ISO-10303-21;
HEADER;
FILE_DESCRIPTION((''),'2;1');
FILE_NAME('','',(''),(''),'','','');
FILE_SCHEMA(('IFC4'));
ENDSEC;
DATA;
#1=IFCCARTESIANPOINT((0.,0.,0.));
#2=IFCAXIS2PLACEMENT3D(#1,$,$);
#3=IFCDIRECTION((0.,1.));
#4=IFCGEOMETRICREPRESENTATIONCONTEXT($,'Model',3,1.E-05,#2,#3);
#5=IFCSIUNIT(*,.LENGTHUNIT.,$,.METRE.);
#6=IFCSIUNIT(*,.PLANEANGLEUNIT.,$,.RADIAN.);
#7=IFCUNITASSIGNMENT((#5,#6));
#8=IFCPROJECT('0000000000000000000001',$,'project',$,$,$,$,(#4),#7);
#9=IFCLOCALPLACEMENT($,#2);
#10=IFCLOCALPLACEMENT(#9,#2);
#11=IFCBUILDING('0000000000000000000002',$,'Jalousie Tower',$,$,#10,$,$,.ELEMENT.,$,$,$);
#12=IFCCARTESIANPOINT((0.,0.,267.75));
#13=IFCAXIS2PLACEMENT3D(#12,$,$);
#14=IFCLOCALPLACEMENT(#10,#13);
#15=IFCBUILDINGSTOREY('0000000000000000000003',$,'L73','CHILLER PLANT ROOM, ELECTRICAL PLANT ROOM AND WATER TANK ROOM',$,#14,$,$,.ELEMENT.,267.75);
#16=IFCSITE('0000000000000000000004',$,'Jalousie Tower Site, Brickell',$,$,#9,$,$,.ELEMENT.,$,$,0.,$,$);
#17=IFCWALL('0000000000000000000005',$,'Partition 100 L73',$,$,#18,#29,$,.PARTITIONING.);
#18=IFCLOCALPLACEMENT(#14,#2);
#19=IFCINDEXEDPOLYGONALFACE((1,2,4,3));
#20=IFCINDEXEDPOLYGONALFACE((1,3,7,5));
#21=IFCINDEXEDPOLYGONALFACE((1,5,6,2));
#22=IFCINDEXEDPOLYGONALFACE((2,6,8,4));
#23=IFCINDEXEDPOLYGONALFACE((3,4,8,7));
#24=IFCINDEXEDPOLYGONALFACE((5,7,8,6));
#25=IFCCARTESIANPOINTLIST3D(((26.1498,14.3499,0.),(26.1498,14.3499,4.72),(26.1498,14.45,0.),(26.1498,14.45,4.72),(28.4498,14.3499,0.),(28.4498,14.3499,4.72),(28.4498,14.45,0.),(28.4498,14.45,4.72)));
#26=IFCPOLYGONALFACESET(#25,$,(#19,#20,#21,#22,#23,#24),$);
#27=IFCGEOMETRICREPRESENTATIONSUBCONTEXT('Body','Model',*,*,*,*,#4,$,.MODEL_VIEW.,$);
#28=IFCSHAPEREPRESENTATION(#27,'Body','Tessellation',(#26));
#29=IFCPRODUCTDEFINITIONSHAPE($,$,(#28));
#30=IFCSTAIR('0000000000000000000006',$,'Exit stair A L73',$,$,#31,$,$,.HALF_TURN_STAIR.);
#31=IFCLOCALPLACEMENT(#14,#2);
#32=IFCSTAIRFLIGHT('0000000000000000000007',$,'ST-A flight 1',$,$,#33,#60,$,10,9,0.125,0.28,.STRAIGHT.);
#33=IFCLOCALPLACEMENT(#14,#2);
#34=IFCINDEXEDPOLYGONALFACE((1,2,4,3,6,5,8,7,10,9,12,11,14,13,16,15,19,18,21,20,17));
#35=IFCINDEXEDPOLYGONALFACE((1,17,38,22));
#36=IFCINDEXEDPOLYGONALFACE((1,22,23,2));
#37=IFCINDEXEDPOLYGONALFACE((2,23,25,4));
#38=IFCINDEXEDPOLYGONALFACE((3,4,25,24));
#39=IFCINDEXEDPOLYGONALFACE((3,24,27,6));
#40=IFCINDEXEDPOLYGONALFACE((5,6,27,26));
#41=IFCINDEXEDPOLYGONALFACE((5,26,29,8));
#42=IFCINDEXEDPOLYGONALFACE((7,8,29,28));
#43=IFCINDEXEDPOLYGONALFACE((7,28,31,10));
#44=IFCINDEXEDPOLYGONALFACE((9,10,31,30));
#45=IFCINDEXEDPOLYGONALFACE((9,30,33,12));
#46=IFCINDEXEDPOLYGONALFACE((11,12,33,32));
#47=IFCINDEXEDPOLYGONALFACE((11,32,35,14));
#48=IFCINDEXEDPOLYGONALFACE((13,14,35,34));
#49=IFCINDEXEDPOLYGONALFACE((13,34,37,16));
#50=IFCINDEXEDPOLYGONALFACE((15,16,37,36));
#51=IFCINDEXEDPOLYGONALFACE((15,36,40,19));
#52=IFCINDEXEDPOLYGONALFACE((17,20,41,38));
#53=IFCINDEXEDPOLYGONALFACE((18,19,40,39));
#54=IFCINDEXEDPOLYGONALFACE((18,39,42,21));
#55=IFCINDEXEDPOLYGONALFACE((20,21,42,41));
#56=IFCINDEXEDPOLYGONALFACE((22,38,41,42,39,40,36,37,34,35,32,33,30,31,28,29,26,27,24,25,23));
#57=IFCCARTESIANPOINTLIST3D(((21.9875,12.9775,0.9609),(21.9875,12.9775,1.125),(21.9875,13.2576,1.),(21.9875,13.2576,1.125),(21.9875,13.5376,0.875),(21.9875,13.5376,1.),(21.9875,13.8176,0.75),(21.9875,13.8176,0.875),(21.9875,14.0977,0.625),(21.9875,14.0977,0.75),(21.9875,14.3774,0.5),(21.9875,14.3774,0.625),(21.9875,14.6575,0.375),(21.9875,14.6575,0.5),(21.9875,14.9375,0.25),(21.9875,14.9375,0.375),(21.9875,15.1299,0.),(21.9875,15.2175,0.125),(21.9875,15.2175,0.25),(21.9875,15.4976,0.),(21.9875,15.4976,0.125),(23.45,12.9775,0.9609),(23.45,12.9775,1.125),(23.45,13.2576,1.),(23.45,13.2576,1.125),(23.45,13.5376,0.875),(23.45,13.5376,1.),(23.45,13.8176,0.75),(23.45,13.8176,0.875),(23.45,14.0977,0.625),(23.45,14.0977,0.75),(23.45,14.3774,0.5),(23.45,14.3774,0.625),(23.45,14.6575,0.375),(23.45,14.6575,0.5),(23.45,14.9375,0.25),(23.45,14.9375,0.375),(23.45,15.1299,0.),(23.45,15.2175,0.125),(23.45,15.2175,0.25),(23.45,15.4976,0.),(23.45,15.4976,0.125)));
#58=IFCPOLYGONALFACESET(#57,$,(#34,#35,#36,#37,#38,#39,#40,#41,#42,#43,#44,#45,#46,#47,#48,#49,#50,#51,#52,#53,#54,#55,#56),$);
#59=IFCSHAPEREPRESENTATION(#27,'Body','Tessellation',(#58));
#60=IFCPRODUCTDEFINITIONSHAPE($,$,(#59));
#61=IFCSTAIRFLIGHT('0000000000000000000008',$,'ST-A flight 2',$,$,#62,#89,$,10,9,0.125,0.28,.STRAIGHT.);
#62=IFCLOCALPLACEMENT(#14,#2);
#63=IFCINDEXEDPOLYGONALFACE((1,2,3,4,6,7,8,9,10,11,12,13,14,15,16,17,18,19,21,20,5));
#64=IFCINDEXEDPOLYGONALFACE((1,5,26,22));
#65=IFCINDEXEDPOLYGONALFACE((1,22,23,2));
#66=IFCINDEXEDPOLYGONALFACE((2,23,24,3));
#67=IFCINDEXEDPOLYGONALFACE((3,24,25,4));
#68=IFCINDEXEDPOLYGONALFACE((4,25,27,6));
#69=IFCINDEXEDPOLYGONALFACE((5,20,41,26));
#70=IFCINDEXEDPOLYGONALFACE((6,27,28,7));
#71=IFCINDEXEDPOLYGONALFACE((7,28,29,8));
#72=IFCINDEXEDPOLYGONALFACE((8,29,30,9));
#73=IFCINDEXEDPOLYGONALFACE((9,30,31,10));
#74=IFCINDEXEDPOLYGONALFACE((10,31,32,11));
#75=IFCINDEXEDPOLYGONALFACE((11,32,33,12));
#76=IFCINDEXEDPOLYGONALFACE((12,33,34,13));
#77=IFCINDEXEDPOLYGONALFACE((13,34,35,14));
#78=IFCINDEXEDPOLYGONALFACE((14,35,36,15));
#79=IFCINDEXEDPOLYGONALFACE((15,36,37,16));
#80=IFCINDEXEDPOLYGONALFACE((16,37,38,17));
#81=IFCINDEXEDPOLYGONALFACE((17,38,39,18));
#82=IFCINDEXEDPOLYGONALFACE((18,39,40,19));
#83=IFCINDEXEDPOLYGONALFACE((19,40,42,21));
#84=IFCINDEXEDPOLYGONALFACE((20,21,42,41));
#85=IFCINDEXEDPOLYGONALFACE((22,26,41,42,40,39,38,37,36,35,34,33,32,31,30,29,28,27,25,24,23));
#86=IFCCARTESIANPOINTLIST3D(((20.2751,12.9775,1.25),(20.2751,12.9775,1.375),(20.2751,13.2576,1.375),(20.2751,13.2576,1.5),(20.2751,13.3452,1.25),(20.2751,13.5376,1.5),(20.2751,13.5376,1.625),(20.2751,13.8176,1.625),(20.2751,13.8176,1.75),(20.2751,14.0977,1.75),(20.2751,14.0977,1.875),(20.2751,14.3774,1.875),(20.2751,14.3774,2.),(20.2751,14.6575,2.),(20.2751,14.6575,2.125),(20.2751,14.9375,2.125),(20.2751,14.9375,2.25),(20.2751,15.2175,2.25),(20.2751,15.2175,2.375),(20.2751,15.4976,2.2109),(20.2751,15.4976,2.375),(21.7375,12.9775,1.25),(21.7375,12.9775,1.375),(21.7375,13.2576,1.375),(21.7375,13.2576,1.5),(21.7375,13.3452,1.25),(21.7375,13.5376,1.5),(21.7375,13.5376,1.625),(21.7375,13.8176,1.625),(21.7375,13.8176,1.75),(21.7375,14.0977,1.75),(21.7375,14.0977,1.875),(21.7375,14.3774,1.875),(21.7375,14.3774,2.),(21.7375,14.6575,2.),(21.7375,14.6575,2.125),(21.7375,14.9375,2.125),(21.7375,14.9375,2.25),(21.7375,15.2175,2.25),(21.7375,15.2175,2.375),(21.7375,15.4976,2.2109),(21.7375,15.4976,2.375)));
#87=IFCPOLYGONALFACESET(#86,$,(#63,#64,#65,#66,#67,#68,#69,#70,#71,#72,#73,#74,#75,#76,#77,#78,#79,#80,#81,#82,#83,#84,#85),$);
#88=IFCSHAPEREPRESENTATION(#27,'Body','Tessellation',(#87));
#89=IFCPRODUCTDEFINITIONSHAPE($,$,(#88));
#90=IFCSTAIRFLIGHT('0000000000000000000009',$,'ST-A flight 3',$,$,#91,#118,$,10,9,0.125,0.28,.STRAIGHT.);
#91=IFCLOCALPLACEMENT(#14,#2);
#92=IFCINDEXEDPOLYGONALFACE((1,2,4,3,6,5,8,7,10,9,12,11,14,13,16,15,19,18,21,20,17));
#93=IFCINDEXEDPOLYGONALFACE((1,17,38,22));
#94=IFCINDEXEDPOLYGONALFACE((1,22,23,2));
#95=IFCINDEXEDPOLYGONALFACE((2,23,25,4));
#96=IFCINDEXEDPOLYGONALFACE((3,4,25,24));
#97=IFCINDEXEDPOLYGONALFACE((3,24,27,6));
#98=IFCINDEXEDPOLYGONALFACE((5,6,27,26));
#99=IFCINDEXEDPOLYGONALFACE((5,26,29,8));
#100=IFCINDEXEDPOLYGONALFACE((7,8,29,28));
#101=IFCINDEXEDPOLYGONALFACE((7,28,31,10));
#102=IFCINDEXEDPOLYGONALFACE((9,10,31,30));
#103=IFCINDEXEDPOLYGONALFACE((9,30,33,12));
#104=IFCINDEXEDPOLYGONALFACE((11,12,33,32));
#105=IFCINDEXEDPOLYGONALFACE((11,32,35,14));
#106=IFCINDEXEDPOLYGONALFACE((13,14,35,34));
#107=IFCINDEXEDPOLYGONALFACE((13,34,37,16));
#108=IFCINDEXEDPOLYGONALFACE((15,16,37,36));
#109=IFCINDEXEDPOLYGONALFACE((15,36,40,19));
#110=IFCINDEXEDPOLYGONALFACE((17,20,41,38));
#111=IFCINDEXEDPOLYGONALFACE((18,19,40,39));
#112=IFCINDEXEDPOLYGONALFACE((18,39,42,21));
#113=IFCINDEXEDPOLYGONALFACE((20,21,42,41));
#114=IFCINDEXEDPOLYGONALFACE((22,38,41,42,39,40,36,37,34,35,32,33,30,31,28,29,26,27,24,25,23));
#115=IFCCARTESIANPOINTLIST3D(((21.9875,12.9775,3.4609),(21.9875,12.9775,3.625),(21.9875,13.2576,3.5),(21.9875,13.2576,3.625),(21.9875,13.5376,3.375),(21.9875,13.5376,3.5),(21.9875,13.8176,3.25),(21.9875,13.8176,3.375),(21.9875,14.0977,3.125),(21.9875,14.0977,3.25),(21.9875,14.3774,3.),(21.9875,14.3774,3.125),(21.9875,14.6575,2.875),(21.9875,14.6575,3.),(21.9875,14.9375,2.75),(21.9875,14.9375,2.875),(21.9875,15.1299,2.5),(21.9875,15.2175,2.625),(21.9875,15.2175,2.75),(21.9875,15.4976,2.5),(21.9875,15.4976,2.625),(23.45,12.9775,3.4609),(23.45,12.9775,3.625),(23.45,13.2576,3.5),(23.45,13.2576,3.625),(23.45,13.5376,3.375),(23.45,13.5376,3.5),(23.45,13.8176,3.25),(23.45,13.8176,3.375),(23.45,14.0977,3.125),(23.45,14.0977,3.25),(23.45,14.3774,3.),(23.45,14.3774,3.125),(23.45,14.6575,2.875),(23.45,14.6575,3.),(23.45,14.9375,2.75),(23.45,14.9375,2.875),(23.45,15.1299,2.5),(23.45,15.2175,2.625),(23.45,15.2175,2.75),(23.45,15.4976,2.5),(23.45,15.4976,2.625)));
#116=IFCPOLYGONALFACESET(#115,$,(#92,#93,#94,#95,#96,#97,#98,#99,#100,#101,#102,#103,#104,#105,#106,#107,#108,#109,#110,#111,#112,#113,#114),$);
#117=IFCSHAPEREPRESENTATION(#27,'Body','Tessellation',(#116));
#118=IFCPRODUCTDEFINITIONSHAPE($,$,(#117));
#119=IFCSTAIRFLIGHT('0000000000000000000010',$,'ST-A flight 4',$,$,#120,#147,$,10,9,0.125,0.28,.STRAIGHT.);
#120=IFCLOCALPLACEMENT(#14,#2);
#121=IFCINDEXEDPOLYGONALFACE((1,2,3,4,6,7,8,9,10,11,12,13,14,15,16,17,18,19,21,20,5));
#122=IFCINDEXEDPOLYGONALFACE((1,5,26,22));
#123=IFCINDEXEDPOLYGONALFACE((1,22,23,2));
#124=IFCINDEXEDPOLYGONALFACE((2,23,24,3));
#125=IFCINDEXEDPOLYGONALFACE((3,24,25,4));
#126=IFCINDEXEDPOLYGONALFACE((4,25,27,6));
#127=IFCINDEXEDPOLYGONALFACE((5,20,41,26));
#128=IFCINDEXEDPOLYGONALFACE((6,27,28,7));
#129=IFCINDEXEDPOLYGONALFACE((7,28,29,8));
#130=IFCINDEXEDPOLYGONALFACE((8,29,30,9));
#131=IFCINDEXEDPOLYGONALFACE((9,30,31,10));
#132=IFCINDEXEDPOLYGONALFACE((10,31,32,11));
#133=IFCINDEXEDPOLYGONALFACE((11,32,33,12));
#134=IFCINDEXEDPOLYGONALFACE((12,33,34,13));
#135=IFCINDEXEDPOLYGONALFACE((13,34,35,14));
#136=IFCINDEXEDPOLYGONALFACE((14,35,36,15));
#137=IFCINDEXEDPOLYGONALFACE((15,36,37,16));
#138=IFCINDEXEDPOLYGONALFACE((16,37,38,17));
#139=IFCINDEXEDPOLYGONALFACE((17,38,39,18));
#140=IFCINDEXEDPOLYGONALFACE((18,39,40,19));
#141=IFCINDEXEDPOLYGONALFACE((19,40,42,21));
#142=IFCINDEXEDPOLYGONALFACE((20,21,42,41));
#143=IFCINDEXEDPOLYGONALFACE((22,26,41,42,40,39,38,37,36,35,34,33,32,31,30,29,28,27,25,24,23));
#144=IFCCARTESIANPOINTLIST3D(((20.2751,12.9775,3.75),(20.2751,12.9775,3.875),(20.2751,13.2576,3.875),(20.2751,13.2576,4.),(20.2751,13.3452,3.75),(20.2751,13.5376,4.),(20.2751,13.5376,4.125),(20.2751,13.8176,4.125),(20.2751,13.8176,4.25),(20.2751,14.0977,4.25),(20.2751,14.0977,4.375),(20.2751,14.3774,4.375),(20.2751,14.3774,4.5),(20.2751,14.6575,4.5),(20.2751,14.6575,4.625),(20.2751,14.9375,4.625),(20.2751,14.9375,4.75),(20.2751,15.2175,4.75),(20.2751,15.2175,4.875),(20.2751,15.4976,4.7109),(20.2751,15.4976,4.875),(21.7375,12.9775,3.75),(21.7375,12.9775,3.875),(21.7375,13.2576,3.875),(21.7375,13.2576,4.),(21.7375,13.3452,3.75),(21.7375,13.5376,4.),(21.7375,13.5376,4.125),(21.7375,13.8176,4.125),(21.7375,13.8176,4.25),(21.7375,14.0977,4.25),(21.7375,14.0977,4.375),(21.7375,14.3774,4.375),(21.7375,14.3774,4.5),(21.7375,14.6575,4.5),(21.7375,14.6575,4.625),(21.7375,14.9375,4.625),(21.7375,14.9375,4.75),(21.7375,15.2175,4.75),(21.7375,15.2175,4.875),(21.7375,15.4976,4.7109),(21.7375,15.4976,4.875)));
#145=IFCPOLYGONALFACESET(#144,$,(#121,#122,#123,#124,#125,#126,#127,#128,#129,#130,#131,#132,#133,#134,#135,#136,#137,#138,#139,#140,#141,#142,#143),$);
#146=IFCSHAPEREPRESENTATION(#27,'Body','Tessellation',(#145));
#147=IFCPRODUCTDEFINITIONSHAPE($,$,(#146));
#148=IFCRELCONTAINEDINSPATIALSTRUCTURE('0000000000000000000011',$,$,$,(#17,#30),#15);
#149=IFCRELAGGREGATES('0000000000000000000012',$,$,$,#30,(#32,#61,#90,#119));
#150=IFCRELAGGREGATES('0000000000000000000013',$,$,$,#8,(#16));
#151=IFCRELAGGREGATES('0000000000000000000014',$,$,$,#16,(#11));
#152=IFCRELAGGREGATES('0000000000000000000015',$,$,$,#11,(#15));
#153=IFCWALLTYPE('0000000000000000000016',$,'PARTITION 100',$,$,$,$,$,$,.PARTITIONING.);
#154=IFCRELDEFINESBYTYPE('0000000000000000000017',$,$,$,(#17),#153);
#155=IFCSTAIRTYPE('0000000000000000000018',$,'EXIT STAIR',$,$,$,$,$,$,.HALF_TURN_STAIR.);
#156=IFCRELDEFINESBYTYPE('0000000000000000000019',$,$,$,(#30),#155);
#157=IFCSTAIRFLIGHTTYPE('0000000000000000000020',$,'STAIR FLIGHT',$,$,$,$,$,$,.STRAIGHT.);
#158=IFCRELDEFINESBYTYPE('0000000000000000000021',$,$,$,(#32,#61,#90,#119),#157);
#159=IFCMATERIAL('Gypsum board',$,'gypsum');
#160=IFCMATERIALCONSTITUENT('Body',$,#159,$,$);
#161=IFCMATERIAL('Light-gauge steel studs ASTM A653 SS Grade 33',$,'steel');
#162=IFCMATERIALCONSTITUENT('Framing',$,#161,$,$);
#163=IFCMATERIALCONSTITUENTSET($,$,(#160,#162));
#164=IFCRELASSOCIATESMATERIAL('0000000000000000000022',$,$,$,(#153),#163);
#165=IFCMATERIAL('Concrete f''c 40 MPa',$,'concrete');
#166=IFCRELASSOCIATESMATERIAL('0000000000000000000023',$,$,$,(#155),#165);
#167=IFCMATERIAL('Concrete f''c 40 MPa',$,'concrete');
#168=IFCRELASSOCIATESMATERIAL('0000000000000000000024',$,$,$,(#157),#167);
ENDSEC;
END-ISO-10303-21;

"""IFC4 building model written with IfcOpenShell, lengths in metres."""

from ifc_helpers import new_model, si_unit, direction, frame, frame_2d, origin, place, context, subcontext, project, spatial, polyline, rectangle, outline, extrude, material, constituent, constituent_set, type_object, element, aggregate, save


model = new_model("IFC4")

# Units and contexts
model_context = context("Model", 3, precision=1e-05, world=origin(), true_north=direction((0.0, 1.0)))
body_context = subcontext(model_context, "Body", "Model", "MODEL_VIEW")
ifc_project = project(units=[si_unit("LENGTHUNIT", "METRE"), si_unit("PLANEANGLEUNIT", "RADIAN")], contexts=[model_context])

# Site, building, storey
site_placement = place(None, origin())
site = spatial("IfcSite", under=ifc_project, at=site_placement, Name="Jalousie Tower Site, Brickell", CompositionType="ELEMENT", RefElevation=0.0)
building_placement = place(site_placement, origin())
building = spatial("IfcBuilding", under=site, at=building_placement, Name="Jalousie Tower", CompositionType="ELEMENT")
storey_placement = place(building_placement, frame((0.0, 0.0, 267.75)))
storey = spatial("IfcBuildingStorey", under=building, at=storey_placement, Name="L73", Description="CHILLER PLANT ROOM, ELECTRICAL PLANT ROOM AND WATER TANK ROOM", CompositionType="ELEMENT", Elevation=267.75)

# Wall
ifc_material_1 = material(Name="Gypsum board", Category="gypsum")
ifc_constituent_1 = constituent(ifc_material_1, Name="Body")
ifc_material_2 = material(Name="Light-gauge steel studs ASTM A653 SS Grade 33", Category="steel")
ifc_constituent_2 = constituent(ifc_material_2, Name="Framing")
ifc_constituent_set_1 = constituent_set(constituents=[ifc_constituent_1, ifc_constituent_2])
wall_type_1 = type_object("IfcWallType", Name="PARTITION 100", PredefinedType="PARTITIONING", material=ifc_constituent_set_1)
wall_1_placement = place(storey_placement, frame((26.1499, 14.3999, 0.0), z_axis=(0.0, 0.0, 1.0), x_axis=(1.0, 0.0, 0.0)))
element("IfcWall", 1, at=wall_1_placement, inside=storey, type_object=wall_type_1, Name="Partition 100 L73", PredefinedType="PARTITIONING", context=body_context, shape_type="SweptSolid", body=[
    extrude(rectangle(XDim=2.3, YDim=0.1001, at=frame_2d((1.1499, 0.0))), origin(), (0.0, 0.0, 1.0), 4.72),
])

# Stair, stair flights
ifc_material_3 = material(Name="Concrete f'c 40 MPa", Category="concrete")
stair_type = type_object("IfcStairType", Name="EXIT STAIR", PredefinedType="HALF_TURN_STAIR", material=ifc_material_3)
stair_placement = place(storey_placement, origin())
stair = element("IfcStair", 2, at=stair_placement, inside=storey, type_object=stair_type, Name="Exit stair A L73", PredefinedType="HALF_TURN_STAIR")
ifc_material_4 = material(Name="Concrete f'c 40 MPa", Category="concrete")
stair_flight_type = type_object("IfcStairFlightType", Name="STAIR FLIGHT", PredefinedType="STRAIGHT", material=ifc_material_4)
stair_flight_1_placement = place(storey_placement, frame((22.7188, 15.4976, 0.0), z_axis=(0.0, 0.0, 1.0), x_axis=(0.0, -1.0, 0.0)))
stair_flight_1 = element("IfcStairFlight", 3, at=stair_flight_1_placement, type_object=stair_flight_type, Name="ST-A flight 1", NumberOfRisers=10, NumberOfTreads=9, PredefinedType="STRAIGHT", RiserHeight=0.125, TreadLength=0.28, context=body_context, shape_type="SweptSolid", body=[
    extrude(outline(polyline([(0.0, 0.0), (0.0, 0.125), (0.28, 0.125), (0.28, 0.25), (0.5601, 0.25), (0.5601, 0.375), (0.8401, 0.375), (0.8401, 0.5), (1.1201, 0.5), (1.1201, 0.625), (1.3999, 0.625), (1.3999, 0.75), (1.6799, 0.75), (1.6799, 0.875), (1.96, 0.875), (1.96, 1.0), (2.24, 1.0), (2.24, 1.125), (2.52, 1.125), (2.52, 1.25), (2.52, 0.9609), (0.3677, 0.0), (0.0, 0.0)])), frame((0.0, 0.7312, 0.0), z_axis=(0.0, -1.0, 0.0), x_axis=(1.0, 0.0, 0.0)), (0.0, 0.0, 1.0), 1.4624),
])
stair_flight_2_placement = place(storey_placement, frame((21.0063, 12.9775, 1.25), z_axis=(0.0, 0.0, 1.0), x_axis=(0.0, 1.0, 0.0)))
stair_flight_2 = element("IfcStairFlight", 4, at=stair_flight_2_placement, type_object=stair_flight_type, Name="ST-A flight 2", NumberOfRisers=10, NumberOfTreads=9, PredefinedType="STRAIGHT", RiserHeight=0.125, TreadLength=0.28, context=body_context, shape_type="SweptSolid", body=[
    extrude(outline(polyline([(0.0, 0.0), (0.0, 0.125), (0.28, 0.125), (0.28, 0.25), (0.5601, 0.25), (0.5601, 0.375), (0.8401, 0.375), (0.8401, 0.5), (1.1201, 0.5), (1.1201, 0.625), (1.3999, 0.625), (1.3999, 0.75), (1.6799, 0.75), (1.6799, 0.875), (1.96, 0.875), (1.96, 1.0), (2.24, 1.0), (2.24, 1.125), (2.52, 1.125), (2.52, 1.25), (2.52, 0.9609), (0.3677, 0.0), (0.0, 0.0)])), frame((0.0, 0.7312, 0.0), z_axis=(0.0, -1.0, 0.0), x_axis=(1.0, 0.0, 0.0)), (0.0, 0.0, 1.0), 1.4624),
])
stair_flight_3_placement = place(storey_placement, frame((22.7188, 15.4976, 2.5), z_axis=(0.0, 0.0, 1.0), x_axis=(0.0, -1.0, 0.0)))
stair_flight_3 = element("IfcStairFlight", 5, at=stair_flight_3_placement, type_object=stair_flight_type, Name="ST-A flight 3", NumberOfRisers=10, NumberOfTreads=9, PredefinedType="STRAIGHT", RiserHeight=0.125, TreadLength=0.28, context=body_context, shape_type="SweptSolid", body=[
    extrude(outline(polyline([(0.0, 0.0), (0.0, 0.125), (0.28, 0.125), (0.28, 0.25), (0.5601, 0.25), (0.5601, 0.375), (0.8401, 0.375), (0.8401, 0.5), (1.1201, 0.5), (1.1201, 0.625), (1.3999, 0.625), (1.3999, 0.75), (1.6799, 0.75), (1.6799, 0.875), (1.96, 0.875), (1.96, 1.0), (2.24, 1.0), (2.24, 1.125), (2.52, 1.125), (2.52, 1.25), (2.52, 0.9609), (0.3677, 0.0), (0.0, 0.0)])), frame((0.0, 0.7312, 0.0), z_axis=(0.0, -1.0, 0.0), x_axis=(1.0, 0.0, 0.0)), (0.0, 0.0, 1.0), 1.4624),
])
stair_flight_4_placement = place(storey_placement, frame((21.0063, 12.9775, 3.75), z_axis=(0.0, 0.0, 1.0), x_axis=(0.0, 1.0, 0.0)))
stair_flight_4 = element("IfcStairFlight", 6, at=stair_flight_4_placement, type_object=stair_flight_type, Name="ST-A flight 4", NumberOfRisers=10, NumberOfTreads=9, PredefinedType="STRAIGHT", RiserHeight=0.125, TreadLength=0.28, context=body_context, shape_type="SweptSolid", body=[
    extrude(outline(polyline([(0.0, 0.0), (0.0, 0.125), (0.28, 0.125), (0.28, 0.25), (0.5601, 0.25), (0.5601, 0.375), (0.8401, 0.375), (0.8401, 0.5), (1.1201, 0.5), (1.1201, 0.625), (1.3999, 0.625), (1.3999, 0.75), (1.6799, 0.75), (1.6799, 0.875), (1.96, 0.875), (1.96, 1.0), (2.24, 1.0), (2.24, 1.125), (2.52, 1.125), (2.52, 1.25), (2.52, 0.9609), (0.3677, 0.0), (0.0, 0.0)])), frame((0.0, 0.7312, 0.0), z_axis=(0.0, -1.0, 0.0), x_axis=(1.0, 0.0, 0.0)), (0.0, 0.0, 1.0), 1.4624),
])
aggregate(stair, [stair_flight_1, stair_flight_2, stair_flight_3, stair_flight_4])

save(model, "model.ifc")
